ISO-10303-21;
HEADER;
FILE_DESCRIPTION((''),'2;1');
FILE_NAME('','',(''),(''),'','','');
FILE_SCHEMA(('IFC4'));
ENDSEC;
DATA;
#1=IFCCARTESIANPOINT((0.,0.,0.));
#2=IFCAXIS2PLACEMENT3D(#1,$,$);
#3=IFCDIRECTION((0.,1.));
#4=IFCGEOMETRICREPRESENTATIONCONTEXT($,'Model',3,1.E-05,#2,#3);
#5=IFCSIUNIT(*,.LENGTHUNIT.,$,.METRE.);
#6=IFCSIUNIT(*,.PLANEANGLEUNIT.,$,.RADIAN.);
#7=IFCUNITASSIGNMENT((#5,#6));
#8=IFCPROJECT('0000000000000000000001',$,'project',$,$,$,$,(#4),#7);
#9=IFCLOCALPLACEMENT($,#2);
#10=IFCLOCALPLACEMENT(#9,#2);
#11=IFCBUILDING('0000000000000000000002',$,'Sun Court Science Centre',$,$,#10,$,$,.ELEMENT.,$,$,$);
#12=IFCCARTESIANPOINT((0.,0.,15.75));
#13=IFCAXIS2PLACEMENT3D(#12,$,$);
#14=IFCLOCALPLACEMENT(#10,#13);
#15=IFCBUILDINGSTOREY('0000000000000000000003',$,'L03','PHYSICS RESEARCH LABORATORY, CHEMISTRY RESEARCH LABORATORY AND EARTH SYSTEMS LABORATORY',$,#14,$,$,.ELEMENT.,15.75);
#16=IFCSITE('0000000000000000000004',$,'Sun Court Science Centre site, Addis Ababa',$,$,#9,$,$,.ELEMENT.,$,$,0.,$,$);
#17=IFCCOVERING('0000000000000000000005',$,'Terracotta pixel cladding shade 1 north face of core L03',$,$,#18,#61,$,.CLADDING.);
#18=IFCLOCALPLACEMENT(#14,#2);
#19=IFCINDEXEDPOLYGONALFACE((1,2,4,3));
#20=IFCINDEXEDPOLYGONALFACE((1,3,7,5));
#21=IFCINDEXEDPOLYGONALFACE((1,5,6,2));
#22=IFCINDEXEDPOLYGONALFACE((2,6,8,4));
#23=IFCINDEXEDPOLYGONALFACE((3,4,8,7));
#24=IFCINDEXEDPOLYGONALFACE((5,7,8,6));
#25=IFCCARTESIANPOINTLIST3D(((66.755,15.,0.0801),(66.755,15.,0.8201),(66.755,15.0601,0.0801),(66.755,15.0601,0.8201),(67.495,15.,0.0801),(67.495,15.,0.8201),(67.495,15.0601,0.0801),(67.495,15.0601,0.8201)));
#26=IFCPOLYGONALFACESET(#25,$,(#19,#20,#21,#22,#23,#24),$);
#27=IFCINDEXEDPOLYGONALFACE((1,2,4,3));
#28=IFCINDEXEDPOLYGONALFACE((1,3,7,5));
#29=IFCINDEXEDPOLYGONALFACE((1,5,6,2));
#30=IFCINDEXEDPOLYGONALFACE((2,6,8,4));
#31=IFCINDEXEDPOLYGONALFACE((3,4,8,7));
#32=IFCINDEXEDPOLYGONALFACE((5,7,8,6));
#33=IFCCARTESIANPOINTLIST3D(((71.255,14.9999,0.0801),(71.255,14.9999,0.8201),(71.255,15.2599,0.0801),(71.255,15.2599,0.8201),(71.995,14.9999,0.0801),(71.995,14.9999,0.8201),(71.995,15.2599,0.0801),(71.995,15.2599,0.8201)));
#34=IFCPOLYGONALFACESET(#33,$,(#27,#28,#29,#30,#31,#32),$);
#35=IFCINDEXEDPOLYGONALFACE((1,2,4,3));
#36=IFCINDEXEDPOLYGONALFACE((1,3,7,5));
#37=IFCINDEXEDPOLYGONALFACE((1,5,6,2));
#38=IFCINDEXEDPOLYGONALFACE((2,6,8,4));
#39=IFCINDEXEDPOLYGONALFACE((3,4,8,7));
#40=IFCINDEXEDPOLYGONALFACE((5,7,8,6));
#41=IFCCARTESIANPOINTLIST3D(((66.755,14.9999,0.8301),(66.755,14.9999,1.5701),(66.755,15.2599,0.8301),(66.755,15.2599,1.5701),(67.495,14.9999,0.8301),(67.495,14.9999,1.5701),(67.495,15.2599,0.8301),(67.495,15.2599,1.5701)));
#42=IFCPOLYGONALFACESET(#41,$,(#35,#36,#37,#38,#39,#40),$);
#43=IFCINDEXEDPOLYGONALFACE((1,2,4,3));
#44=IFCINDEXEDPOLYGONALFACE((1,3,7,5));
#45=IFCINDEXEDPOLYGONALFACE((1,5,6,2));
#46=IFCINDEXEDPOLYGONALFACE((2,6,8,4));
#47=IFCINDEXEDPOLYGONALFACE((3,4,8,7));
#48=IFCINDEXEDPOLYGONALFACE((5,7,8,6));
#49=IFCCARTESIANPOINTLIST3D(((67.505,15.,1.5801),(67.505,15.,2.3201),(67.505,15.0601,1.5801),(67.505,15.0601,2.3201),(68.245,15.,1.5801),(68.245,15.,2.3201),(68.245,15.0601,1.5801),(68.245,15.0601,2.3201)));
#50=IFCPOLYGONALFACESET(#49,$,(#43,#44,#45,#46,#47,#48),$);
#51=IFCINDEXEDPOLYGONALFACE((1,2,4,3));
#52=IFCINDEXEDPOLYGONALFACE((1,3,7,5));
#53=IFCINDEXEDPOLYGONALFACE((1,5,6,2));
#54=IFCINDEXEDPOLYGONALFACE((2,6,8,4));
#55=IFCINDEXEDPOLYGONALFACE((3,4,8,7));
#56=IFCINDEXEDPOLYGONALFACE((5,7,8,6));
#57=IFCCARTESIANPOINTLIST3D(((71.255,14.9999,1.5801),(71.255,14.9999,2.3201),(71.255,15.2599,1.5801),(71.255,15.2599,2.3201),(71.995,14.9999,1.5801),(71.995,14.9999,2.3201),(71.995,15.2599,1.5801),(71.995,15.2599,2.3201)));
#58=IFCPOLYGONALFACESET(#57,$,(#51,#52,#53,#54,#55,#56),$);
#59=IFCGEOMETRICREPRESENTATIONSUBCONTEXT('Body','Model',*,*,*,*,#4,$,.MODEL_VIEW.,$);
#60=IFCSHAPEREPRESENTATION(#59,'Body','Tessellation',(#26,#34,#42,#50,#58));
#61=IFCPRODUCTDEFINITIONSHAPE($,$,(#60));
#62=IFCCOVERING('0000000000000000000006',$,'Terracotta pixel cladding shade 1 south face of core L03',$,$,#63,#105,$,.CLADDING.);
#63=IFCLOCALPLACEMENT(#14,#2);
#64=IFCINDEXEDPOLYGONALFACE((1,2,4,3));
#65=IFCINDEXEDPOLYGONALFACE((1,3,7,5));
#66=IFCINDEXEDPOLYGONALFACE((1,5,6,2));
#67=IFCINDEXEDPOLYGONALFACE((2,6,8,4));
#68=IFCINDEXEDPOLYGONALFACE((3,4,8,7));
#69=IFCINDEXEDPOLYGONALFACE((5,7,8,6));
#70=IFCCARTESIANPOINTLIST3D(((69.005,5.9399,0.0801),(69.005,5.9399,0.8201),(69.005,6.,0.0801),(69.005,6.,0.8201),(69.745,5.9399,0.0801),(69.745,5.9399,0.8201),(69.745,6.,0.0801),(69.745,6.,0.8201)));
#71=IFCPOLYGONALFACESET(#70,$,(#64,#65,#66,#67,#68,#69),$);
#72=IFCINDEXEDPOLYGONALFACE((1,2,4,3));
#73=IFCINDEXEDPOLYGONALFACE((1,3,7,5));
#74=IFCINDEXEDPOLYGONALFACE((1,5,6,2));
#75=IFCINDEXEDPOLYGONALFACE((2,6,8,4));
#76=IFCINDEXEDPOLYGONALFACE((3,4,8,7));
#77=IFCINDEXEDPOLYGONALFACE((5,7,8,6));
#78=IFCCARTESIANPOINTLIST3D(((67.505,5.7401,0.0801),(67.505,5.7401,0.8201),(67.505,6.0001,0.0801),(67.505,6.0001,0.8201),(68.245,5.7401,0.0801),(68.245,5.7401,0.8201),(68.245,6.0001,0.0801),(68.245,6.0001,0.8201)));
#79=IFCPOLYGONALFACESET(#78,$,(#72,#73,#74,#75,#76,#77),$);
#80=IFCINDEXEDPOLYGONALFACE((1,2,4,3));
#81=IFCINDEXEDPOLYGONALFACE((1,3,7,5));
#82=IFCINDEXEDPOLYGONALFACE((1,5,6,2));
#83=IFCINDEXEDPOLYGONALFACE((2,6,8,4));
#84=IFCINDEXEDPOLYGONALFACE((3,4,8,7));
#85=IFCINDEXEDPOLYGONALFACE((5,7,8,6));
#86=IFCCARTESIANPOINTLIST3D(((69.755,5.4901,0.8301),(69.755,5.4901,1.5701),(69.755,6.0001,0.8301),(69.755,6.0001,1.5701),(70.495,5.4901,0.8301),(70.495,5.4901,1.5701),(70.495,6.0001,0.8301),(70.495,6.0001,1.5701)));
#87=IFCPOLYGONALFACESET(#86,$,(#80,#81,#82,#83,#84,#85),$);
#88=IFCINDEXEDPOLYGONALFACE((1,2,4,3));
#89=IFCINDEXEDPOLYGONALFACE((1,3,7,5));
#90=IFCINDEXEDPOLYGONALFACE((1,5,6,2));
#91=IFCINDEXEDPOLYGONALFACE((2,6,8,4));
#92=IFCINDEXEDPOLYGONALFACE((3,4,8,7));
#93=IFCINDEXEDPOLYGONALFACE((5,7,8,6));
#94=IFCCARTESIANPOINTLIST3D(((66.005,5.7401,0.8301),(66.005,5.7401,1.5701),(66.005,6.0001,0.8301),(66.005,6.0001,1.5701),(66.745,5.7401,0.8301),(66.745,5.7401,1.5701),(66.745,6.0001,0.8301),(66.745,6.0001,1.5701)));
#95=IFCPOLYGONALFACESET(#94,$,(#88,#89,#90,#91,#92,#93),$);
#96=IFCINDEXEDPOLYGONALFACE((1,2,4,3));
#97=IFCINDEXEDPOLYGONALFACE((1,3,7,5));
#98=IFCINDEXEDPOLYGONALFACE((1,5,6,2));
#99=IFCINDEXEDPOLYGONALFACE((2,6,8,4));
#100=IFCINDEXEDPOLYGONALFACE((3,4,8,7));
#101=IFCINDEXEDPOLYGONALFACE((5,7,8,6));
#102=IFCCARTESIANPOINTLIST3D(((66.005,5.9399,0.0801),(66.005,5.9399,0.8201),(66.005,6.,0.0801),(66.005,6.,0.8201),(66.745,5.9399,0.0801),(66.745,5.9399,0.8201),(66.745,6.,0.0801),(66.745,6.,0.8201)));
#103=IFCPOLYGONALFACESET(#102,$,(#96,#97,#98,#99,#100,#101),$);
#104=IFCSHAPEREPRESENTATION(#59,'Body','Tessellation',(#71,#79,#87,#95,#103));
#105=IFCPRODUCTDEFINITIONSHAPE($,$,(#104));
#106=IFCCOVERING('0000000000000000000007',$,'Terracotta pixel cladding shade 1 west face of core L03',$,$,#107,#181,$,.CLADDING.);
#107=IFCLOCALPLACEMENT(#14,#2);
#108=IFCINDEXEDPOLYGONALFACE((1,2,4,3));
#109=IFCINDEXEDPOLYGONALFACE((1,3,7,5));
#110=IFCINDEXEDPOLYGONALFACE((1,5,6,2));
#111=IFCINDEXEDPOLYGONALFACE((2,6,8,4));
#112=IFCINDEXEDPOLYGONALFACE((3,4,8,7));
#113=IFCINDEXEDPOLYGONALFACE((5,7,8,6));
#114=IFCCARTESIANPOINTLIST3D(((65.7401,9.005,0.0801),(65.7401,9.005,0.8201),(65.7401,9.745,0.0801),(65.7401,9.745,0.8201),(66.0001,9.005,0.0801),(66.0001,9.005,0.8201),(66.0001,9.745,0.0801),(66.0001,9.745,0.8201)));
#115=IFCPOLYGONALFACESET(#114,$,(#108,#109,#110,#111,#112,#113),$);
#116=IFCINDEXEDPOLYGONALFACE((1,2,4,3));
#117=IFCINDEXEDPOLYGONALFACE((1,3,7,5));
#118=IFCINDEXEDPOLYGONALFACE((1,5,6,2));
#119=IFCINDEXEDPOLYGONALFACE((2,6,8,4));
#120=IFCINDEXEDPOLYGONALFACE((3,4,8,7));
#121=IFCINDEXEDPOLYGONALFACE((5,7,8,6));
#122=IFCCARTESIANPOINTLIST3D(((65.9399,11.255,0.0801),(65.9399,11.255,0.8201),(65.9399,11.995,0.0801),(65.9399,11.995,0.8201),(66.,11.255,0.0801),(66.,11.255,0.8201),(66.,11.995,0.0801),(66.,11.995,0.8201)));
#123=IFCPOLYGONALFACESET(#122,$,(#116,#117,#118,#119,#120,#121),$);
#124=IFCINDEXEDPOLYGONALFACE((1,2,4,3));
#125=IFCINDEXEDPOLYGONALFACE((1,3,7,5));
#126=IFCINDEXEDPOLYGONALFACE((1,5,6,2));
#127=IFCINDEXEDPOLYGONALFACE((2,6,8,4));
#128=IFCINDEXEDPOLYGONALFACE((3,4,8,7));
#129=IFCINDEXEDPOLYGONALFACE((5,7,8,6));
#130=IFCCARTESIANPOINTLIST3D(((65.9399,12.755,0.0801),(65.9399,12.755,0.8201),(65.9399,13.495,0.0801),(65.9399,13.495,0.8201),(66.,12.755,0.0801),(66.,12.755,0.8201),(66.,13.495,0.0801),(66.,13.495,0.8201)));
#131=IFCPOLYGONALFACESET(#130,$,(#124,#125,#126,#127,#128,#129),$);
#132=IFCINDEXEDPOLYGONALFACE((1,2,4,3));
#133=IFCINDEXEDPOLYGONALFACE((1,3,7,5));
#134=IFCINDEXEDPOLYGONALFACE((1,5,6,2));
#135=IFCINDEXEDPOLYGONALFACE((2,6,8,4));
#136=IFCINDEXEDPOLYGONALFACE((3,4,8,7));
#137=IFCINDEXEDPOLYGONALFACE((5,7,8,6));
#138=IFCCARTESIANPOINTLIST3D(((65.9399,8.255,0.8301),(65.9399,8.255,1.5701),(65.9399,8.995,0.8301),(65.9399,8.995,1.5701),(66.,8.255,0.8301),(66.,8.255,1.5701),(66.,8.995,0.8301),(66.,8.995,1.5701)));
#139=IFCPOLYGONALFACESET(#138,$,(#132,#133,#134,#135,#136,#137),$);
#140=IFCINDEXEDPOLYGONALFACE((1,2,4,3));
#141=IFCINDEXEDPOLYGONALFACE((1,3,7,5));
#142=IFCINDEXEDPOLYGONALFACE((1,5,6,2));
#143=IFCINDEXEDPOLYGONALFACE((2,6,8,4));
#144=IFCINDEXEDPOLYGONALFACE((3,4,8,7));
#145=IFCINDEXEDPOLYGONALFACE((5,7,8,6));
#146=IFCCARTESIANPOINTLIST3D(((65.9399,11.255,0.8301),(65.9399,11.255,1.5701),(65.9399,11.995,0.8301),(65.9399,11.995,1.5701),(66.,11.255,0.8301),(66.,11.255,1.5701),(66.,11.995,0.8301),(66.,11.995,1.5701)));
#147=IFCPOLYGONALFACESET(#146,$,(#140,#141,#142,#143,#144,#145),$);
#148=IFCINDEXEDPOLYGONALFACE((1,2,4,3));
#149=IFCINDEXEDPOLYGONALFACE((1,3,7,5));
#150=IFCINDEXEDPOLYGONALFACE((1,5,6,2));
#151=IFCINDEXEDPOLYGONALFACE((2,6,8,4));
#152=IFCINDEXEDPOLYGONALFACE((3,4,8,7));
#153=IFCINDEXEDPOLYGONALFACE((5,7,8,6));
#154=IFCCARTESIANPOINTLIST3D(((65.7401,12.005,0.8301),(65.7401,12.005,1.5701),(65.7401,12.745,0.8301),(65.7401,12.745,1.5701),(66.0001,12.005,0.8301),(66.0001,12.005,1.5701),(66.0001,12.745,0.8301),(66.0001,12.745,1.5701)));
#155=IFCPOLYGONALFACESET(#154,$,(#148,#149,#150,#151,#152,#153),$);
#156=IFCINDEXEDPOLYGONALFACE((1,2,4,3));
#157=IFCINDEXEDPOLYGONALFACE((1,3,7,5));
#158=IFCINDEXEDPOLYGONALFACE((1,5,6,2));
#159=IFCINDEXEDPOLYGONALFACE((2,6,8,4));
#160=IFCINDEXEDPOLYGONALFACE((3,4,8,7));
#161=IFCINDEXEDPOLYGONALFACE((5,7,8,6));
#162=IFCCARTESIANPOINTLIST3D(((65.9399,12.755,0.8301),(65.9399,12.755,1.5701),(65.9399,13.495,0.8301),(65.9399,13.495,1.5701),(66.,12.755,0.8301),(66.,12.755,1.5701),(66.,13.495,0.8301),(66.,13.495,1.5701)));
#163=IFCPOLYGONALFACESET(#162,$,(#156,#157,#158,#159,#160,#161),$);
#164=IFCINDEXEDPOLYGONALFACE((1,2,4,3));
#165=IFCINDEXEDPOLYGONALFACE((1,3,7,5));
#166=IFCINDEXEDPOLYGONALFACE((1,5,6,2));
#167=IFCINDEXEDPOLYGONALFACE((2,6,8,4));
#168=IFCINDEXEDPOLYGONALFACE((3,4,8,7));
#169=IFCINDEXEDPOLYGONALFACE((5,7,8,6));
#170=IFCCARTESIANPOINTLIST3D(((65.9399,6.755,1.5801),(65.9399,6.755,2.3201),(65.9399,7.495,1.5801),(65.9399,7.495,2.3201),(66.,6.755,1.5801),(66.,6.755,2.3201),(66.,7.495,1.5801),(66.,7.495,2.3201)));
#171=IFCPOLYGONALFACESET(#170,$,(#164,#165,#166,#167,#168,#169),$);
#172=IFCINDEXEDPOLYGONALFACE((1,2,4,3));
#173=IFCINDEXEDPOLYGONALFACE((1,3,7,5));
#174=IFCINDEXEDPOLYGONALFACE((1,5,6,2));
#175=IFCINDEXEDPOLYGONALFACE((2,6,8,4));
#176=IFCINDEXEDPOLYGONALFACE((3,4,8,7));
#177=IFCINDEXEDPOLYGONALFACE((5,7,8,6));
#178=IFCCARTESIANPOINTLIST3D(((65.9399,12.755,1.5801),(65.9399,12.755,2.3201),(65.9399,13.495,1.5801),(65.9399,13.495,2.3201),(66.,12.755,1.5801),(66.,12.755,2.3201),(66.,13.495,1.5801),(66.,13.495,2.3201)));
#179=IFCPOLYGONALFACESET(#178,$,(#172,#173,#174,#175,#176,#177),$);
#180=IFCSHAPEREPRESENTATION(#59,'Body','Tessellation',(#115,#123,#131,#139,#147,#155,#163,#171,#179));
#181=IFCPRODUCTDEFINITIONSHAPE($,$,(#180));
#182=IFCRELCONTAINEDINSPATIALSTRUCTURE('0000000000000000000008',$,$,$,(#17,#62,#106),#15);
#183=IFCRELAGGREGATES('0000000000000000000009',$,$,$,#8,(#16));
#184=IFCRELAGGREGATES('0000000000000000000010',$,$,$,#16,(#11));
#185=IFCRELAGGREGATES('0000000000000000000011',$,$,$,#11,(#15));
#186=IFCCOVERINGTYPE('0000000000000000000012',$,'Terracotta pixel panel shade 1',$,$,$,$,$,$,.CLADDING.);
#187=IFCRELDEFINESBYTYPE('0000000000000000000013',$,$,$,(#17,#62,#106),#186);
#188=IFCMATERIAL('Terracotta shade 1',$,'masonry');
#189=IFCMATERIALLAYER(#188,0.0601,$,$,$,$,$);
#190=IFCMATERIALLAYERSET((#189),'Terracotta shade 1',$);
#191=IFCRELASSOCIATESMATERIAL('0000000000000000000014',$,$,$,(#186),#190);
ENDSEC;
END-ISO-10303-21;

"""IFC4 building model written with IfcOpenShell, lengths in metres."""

from ifc_helpers import new_model, si_unit, direction, frame, origin, origin_2d, place, context, subcontext, project, spatial, rectangle, extrude, material, layer, layer_set, type_object, element, save


model = new_model("IFC4")

# Units and contexts
model_context = context("Model", 3, precision=1e-05, world=origin(), true_north=direction((0.0, 1.0)))
body_context = subcontext(model_context, "Body", "Model", "MODEL_VIEW")
ifc_project = project(units=[si_unit("LENGTHUNIT", "METRE"), si_unit("PLANEANGLEUNIT", "RADIAN")], contexts=[model_context])

# Site, building, storey
site_placement = place(None, origin())
site = spatial("IfcSite", under=ifc_project, at=site_placement, Name="Sun Court Science Centre site, Addis Ababa", CompositionType="ELEMENT", RefElevation=0.0)
building_placement = place(site_placement, origin())
building = spatial("IfcBuilding", under=site, at=building_placement, Name="Sun Court Science Centre", CompositionType="ELEMENT")
storey_placement = place(building_placement, frame((0.0, 0.0, 15.75)))
storey = spatial("IfcBuildingStorey", under=building, at=storey_placement, Name="L03", Description="PHYSICS RESEARCH LABORATORY, CHEMISTRY RESEARCH LABORATORY AND EARTH SYSTEMS LABORATORY", CompositionType="ELEMENT", Elevation=15.75)

# Coverings
ifc_material_1 = material(Name="Terracotta shade 1", Category="masonry")
ifc_layer_1 = layer(ifc_material_1, 0.0601)
ifc_layer_set_1 = layer_set([ifc_layer_1], Name="Terracotta shade 1")
covering_type_1 = type_object("IfcCoveringType", Name="Terracotta pixel panel shade 1", PredefinedType="CLADDING", material=ifc_layer_set_1)
covering_1_placement = place(storey_placement, frame((0.0, 0.0, -15.75)))
element("IfcCovering", 1, at=covering_1_placement, inside=storey, type_object=covering_type_1, Name="Terracotta pixel cladding shade 1 north face of core L03", PredefinedType="CLADDING", context=body_context, shape_type="SweptSolid", body=[
    extrude(rectangle(XDim=0.74, YDim=0.0601, at=origin_2d()), frame((67.125, 15.03, 15.8301), z_axis=(0.0, 0.0, 1.0), x_axis=(1.0, 0.0, 0.0)), (0.0, 0.0, 1.0), 0.74),
    extrude(rectangle(XDim=0.74, YDim=0.26, at=origin_2d()), frame((71.625, 15.1299, 15.8301), z_axis=(0.0, 0.0, 1.0), x_axis=(1.0, 0.0, 0.0)), (0.0, 0.0, 1.0), 0.74),
    extrude(rectangle(XDim=0.74, YDim=0.26, at=origin_2d()), frame((67.125, 15.1299, 16.5801), z_axis=(0.0, 0.0, 1.0), x_axis=(1.0, 0.0, 0.0)), (0.0, 0.0, 1.0), 0.74),
    extrude(rectangle(XDim=0.74, YDim=0.0601, at=origin_2d()), frame((67.875, 15.03, 17.3301), z_axis=(0.0, 0.0, 1.0), x_axis=(1.0, 0.0, 0.0)), (0.0, 0.0, 1.0), 0.74),
    extrude(rectangle(XDim=0.74, YDim=0.26, at=origin_2d()), frame((71.625, 15.1299, 17.3301), z_axis=(0.0, 0.0, 1.0), x_axis=(1.0, 0.0, 0.0)), (0.0, 0.0, 1.0), 0.74),
])
covering_2_placement = place(storey_placement, frame((0.0, 0.0, -15.75)))
element("IfcCovering", 2, at=covering_2_placement, inside=storey, type_object=covering_type_1, Name="Terracotta pixel cladding shade 1 south face of core L03", PredefinedType="CLADDING", context=body_context, shape_type="SweptSolid", body=[
    extrude(rectangle(XDim=0.74, YDim=0.0601, at=origin_2d()), frame((69.375, 5.97, 15.8301), z_axis=(0.0, 0.0, 1.0), x_axis=(-1.0, 0.0, 0.0)), (0.0, 0.0, 1.0), 0.74),
    extrude(rectangle(XDim=0.74, YDim=0.26, at=origin_2d()), frame((67.875, 5.8701, 15.8301), z_axis=(0.0, 0.0, 1.0), x_axis=(-1.0, 0.0, 0.0)), (0.0, 0.0, 1.0), 0.74),
    extrude(rectangle(XDim=0.74, YDim=0.51, at=origin_2d()), frame((70.125, 5.7451, 16.5801), z_axis=(0.0, 0.0, 1.0), x_axis=(-1.0, 0.0, 0.0)), (0.0, 0.0, 1.0), 0.74),
    extrude(rectangle(XDim=0.74, YDim=0.26, at=origin_2d()), frame((66.375, 5.8701, 16.5801), z_axis=(0.0, 0.0, 1.0), x_axis=(-1.0, 0.0, 0.0)), (0.0, 0.0, 1.0), 0.74),
    extrude(rectangle(XDim=0.74, YDim=0.0601, at=origin_2d()), frame((66.375, 5.97, 15.8301), z_axis=(0.0, 0.0, 1.0), x_axis=(-1.0, 0.0, 0.0)), (0.0, 0.0, 1.0), 0.74),
])
covering_3_placement = place(storey_placement, frame((0.0, 0.0, -15.75)))
element("IfcCovering", 3, at=covering_3_placement, inside=storey, type_object=covering_type_1, Name="Terracotta pixel cladding shade 1 west face of core L03", PredefinedType="CLADDING", context=body_context, shape_type="SweptSolid", body=[
    extrude(rectangle(XDim=0.74, YDim=0.26, at=origin_2d()), frame((65.8701, 9.375, 15.8301), z_axis=(0.0, 0.0, 1.0), x_axis=(0.0, 1.0, 0.0)), (0.0, 0.0, 1.0), 0.74),
    extrude(rectangle(XDim=0.74, YDim=0.0601, at=origin_2d()), frame((65.97, 11.625, 15.8301), z_axis=(0.0, 0.0, 1.0), x_axis=(0.0, 1.0, 0.0)), (0.0, 0.0, 1.0), 0.74),
    extrude(rectangle(XDim=0.74, YDim=0.0601, at=origin_2d()), frame((65.97, 13.125, 15.8301), z_axis=(0.0, 0.0, 1.0), x_axis=(0.0, 1.0, 0.0)), (0.0, 0.0, 1.0), 0.74),
    extrude(rectangle(XDim=0.74, YDim=0.0601, at=origin_2d()), frame((65.97, 8.625, 16.5801), z_axis=(0.0, 0.0, 1.0), x_axis=(0.0, 1.0, 0.0)), (0.0, 0.0, 1.0), 0.74),
    extrude(rectangle(XDim=0.74, YDim=0.0601, at=origin_2d()), frame((65.97, 11.625, 16.5801), z_axis=(0.0, 0.0, 1.0), x_axis=(0.0, 1.0, 0.0)), (0.0, 0.0, 1.0), 0.74),
    extrude(rectangle(XDim=0.74, YDim=0.26, at=origin_2d()), frame((65.8701, 12.375, 16.5801), z_axis=(0.0, 0.0, 1.0), x_axis=(0.0, 1.0, 0.0)), (0.0, 0.0, 1.0), 0.74),
    extrude(rectangle(XDim=0.74, YDim=0.0601, at=origin_2d()), frame((65.97, 13.125, 16.5801), z_axis=(0.0, 0.0, 1.0), x_axis=(0.0, 1.0, 0.0)), (0.0, 0.0, 1.0), 0.74),
    extrude(rectangle(XDim=0.74, YDim=0.0601, at=origin_2d()), frame((65.97, 7.125, 17.3301), z_axis=(0.0, 0.0, 1.0), x_axis=(0.0, 1.0, 0.0)), (0.0, 0.0, 1.0), 0.74),
    extrude(rectangle(XDim=0.74, YDim=0.0601, at=origin_2d()), frame((65.97, 13.125, 17.3301), z_axis=(0.0, 0.0, 1.0), x_axis=(0.0, 1.0, 0.0)), (0.0, 0.0, 1.0), 0.74),
])

save(model, "model.ifc")
